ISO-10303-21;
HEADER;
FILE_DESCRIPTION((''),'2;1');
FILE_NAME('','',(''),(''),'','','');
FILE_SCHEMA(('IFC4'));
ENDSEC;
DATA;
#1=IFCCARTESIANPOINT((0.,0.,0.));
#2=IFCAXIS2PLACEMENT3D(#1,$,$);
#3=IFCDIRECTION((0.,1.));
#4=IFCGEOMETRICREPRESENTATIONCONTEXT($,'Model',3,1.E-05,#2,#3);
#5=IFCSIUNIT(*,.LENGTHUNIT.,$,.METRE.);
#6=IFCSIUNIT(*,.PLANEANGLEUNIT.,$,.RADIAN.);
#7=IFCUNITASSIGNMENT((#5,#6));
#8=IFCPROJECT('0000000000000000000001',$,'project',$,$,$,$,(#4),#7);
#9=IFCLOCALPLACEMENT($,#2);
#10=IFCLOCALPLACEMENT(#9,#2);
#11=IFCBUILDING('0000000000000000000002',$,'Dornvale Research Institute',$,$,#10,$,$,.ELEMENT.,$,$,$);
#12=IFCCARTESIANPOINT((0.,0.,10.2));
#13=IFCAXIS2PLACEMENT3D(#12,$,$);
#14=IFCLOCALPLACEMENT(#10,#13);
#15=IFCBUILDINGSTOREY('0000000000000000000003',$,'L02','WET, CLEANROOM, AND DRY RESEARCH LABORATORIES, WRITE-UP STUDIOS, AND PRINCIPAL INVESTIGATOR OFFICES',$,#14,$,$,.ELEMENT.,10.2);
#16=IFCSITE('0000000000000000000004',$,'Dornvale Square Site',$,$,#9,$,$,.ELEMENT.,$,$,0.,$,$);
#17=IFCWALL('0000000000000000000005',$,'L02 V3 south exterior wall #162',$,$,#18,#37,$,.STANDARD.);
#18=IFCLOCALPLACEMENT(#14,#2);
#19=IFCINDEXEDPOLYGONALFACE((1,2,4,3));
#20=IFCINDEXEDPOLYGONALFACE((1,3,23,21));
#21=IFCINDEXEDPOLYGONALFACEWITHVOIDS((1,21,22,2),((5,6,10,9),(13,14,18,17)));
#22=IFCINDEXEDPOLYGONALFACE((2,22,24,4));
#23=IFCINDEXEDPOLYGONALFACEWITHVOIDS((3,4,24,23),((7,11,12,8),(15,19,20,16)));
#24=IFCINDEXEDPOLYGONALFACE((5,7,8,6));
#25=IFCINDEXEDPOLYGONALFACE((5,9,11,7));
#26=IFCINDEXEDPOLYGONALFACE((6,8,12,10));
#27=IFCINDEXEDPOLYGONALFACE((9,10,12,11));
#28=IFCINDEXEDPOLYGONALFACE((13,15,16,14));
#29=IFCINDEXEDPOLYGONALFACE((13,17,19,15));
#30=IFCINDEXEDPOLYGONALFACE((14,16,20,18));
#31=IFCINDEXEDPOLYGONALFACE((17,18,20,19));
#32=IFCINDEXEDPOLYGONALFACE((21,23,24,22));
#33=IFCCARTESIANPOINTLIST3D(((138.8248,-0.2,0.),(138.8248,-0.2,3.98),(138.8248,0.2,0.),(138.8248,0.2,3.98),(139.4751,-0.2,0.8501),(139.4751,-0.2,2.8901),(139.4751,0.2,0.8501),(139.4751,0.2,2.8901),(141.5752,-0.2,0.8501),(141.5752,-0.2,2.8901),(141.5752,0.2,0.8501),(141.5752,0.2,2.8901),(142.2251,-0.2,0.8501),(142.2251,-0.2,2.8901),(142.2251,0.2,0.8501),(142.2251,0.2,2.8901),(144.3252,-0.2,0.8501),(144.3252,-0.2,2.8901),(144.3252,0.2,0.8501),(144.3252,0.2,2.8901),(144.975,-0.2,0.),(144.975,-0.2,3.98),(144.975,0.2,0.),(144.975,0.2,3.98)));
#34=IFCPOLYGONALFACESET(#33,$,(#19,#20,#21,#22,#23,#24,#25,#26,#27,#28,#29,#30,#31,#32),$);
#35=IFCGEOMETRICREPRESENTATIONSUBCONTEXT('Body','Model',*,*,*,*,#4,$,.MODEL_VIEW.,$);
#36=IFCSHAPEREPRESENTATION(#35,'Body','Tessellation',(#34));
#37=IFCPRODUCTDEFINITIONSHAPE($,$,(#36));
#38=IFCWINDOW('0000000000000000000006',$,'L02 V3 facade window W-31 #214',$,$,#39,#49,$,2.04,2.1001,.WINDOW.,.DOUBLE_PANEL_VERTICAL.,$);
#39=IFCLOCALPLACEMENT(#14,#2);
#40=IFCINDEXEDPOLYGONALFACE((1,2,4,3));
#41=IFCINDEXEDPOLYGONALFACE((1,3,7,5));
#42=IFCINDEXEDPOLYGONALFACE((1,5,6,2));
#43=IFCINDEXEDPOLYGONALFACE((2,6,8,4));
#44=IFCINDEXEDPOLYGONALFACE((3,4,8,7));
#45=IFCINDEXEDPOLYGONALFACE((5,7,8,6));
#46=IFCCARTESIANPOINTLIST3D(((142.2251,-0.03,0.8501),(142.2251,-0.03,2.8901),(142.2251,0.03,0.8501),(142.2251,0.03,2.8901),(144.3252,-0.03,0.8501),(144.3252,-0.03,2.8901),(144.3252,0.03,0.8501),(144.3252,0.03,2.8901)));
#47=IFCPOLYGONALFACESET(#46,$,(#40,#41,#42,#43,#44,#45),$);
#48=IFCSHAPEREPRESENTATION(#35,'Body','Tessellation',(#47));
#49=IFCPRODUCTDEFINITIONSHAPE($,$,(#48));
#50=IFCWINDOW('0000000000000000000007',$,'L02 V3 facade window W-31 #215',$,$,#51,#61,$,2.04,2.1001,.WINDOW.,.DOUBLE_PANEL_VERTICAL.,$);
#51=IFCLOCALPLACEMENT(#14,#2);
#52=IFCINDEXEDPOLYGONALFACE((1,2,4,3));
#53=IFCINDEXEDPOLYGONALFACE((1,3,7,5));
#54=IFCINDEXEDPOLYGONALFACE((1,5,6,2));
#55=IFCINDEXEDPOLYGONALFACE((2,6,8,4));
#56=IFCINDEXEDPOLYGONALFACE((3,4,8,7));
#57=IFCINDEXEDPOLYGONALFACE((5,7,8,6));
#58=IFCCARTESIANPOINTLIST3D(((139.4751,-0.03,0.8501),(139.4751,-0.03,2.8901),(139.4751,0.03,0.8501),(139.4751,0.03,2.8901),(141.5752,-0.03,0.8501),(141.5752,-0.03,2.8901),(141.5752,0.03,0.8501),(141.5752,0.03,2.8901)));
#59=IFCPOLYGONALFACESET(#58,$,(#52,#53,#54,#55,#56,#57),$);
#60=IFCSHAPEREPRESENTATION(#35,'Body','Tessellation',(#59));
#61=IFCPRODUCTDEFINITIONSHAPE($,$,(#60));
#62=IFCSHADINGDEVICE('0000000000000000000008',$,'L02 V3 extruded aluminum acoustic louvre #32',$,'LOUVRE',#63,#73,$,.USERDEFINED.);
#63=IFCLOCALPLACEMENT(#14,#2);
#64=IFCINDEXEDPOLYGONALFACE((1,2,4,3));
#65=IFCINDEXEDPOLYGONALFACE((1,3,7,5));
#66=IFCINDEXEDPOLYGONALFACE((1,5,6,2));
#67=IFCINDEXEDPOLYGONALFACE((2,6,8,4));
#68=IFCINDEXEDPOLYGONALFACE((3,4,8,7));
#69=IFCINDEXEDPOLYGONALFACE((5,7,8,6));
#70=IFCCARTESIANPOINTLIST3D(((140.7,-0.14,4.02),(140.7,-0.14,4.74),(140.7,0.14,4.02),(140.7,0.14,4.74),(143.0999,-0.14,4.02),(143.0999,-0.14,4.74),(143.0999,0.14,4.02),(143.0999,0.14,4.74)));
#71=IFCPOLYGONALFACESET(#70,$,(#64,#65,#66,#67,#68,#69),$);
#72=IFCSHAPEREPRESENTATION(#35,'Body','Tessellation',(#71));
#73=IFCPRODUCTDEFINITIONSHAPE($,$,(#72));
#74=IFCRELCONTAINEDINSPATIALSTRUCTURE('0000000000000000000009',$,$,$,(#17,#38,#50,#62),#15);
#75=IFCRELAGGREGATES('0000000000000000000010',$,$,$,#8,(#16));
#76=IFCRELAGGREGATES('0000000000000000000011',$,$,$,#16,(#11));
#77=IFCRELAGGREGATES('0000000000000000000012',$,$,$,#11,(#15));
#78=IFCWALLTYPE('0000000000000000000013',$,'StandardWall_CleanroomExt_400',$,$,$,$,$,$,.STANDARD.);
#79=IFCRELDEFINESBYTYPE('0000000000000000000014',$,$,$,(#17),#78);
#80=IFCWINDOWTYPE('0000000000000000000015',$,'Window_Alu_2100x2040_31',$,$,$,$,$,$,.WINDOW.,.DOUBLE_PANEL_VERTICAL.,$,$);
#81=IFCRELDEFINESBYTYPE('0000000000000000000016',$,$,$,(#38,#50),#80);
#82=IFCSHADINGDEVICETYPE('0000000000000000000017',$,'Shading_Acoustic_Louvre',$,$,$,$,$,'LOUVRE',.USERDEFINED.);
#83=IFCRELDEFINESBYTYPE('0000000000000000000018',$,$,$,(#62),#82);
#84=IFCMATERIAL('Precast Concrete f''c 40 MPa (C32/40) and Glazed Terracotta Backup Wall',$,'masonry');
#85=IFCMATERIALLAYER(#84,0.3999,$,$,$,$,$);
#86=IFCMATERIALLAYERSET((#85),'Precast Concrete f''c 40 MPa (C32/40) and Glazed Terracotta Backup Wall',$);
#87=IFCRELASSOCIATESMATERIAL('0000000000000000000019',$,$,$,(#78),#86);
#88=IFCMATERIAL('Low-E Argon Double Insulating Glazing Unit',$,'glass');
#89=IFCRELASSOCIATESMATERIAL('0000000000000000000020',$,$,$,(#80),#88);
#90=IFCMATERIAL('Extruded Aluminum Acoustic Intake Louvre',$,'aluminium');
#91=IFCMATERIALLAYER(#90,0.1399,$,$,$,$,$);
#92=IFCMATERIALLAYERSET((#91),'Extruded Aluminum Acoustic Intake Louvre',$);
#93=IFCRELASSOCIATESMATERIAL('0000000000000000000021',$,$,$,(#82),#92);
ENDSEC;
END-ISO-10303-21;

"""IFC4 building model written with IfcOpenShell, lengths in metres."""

from ifc_helpers import new_model, si_unit, direction, frame, frame_2d, origin, origin_2d, place, context, subcontext, project, spatial, rectangle, extrude, material, layer, layer_set, type_object, element, fill, save


model = new_model("IFC4")

# Units and contexts
model_context = context("Model", 3, precision=1e-05, world=origin(), true_north=direction((0.0, 1.0)))
body_context = subcontext(model_context, "Body", "Model", "MODEL_VIEW")
ifc_project = project(units=[si_unit("LENGTHUNIT", "METRE"), si_unit("PLANEANGLEUNIT", "RADIAN")], contexts=[model_context])

# Site, building, storey
site_placement = place(None, origin())
site = spatial("IfcSite", under=ifc_project, at=site_placement, Name="Dornvale Square Site", CompositionType="ELEMENT", RefElevation=0.0)
building_placement = place(site_placement, origin())
building = spatial("IfcBuilding", under=site, at=building_placement, Name="Dornvale Research Institute", CompositionType="ELEMENT")
storey_placement = place(building_placement, frame((0.0, 0.0, 10.2)))
storey = spatial("IfcBuildingStorey", under=building, at=storey_placement, Name="L02", Description="WET, CLEANROOM, AND DRY RESEARCH LABORATORIES, WRITE-UP STUDIOS, AND PRINCIPAL INVESTIGATOR OFFICES", CompositionType="ELEMENT", Elevation=10.2)

# Wall, openings, windows
ifc_material_1 = material(Name="Precast Concrete f'c 40 MPa (C32/40) and Glazed Terracotta Backup Wall", Category="masonry")
ifc_layer_1 = layer(ifc_material_1, 0.3999)
ifc_layer_set_1 = layer_set([ifc_layer_1], Name="Precast Concrete f'c 40 MPa (C32/40) and Glazed Terracotta Backup Wall")
wall_type_1 = type_object("IfcWallType", Name="StandardWall_CleanroomExt_400", PredefinedType="STANDARD", material=ifc_layer_set_1)
wall_1_placement = place(storey_placement, frame((144.9751, 0.0, 0.0), z_axis=(0.0, 0.0, 1.0), x_axis=(-1.0, 0.0, 0.0)))
wall_1 = element("IfcWall", 1, at=wall_1_placement, inside=storey, type_object=wall_type_1, Name="L02 V3 south exterior wall #162", PredefinedType="STANDARD", context=body_context, shape_type="SweptSolid", body=[
    extrude(rectangle(XDim=6.1501, YDim=0.3999, at=frame_2d((3.0752, 0.0))), origin(), (0.0, 0.0, 1.0), 3.98),
])
opening_1_placement = place(wall_1_placement, frame((0.6499, 0.0, 0.8501)))
opening_1 = element("IfcOpeningElement", 2, at=opening_1_placement, cuts=wall_1, PredefinedType="OPENING", context=body_context, shape_type="SweptSolid", body=[
    extrude(rectangle(XDim=2.1001, YDim=2.04, at=frame_2d((1.05, 1.02))), frame((0.0, 0.2148, 0.0), z_axis=(0.0, -1.0, 0.0), x_axis=(1.0, 0.0, 0.0)), (0.0, 0.0, 1.0), 0.4299),
])
opening_2_placement = place(wall_1_placement, frame((3.3999, 0.0, 0.8501)))
opening_2 = element("IfcOpeningElement", 3, at=opening_2_placement, cuts=wall_1, PredefinedType="OPENING", context=body_context, shape_type="SweptSolid", body=[
    extrude(rectangle(XDim=2.1001, YDim=2.04, at=frame_2d((1.05, 1.02))), frame((0.0, 0.2148, 0.0), z_axis=(0.0, -1.0, 0.0), x_axis=(1.0, 0.0, 0.0)), (0.0, 0.0, 1.0), 0.4299),
])
ifc_material_2 = material(Name="Low-E Argon Double Insulating Glazing Unit", Category="glass")
window_type = type_object("IfcWindowType", Name="Window_Alu_2100x2040_31", PartitioningType="DOUBLE_PANEL_VERTICAL", PredefinedType="WINDOW", material=ifc_material_2)
window_1_placement = place(opening_1_placement, origin())
window_1 = element("IfcWindow", 4, at=window_1_placement, inside=storey, type_object=window_type, Name="L02 V3 facade window W-31 #214", OverallHeight=2.04, OverallWidth=2.1001, PartitioningType="DOUBLE_PANEL_VERTICAL", PredefinedType="WINDOW", context=body_context, shape_type="SweptSolid", body=[
    extrude(rectangle(XDim=2.1001, YDim=2.04, at=frame_2d((1.05, 1.02))), frame((0.0, 0.03, 0.0), z_axis=(0.0, -1.0, 0.0), x_axis=(1.0, 0.0, 0.0)), (0.0, 0.0, 1.0), 0.0601),
])
fill(opening_1, window_1)
window_2_placement = place(opening_2_placement, origin())
window_2 = element("IfcWindow", 5, at=window_2_placement, inside=storey, type_object=window_type, Name="L02 V3 facade window W-31 #215", OverallHeight=2.04, OverallWidth=2.1001, PartitioningType="DOUBLE_PANEL_VERTICAL", PredefinedType="WINDOW", context=body_context, shape_type="SweptSolid", body=[
    extrude(rectangle(XDim=2.1001, YDim=2.04, at=frame_2d((1.05, 1.02))), frame((0.0, 0.03, 0.0), z_axis=(0.0, -1.0, 0.0), x_axis=(1.0, 0.0, 0.0)), (0.0, 0.0, 1.0), 0.0601),
])
fill(opening_2, window_2)

# Shading device
ifc_material_3 = material(Name="Extruded Aluminum Acoustic Intake Louvre", Category="aluminium")
ifc_layer_2 = layer(ifc_material_3, 0.1399)
ifc_layer_set_2 = layer_set([ifc_layer_2], Name="Extruded Aluminum Acoustic Intake Louvre")
shading_device_type = type_object("IfcShadingDeviceType", Name="Shading_Acoustic_Louvre", ElementType="LOUVRE", PredefinedType="USERDEFINED", material=ifc_layer_set_2)
shading_device_placement = place(storey_placement, frame((141.8999, 0.0, 4.02), z_axis=(0.0, 0.0, 1.0), x_axis=(1.0, 0.0, 0.0)))
element("IfcShadingDevice", 6, at=shading_device_placement, inside=storey, type_object=shading_device_type, Name="L02 V3 extruded aluminum acoustic louvre #32", ObjectType="LOUVRE", PredefinedType="USERDEFINED", context=body_context, shape_type="SweptSolid", body=[
    extrude(rectangle(XDim=2.3999, YDim=0.28, at=origin_2d()), origin(), (0.0, 0.0, 1.0), 0.72),
])

save(model, "model.ifc")
